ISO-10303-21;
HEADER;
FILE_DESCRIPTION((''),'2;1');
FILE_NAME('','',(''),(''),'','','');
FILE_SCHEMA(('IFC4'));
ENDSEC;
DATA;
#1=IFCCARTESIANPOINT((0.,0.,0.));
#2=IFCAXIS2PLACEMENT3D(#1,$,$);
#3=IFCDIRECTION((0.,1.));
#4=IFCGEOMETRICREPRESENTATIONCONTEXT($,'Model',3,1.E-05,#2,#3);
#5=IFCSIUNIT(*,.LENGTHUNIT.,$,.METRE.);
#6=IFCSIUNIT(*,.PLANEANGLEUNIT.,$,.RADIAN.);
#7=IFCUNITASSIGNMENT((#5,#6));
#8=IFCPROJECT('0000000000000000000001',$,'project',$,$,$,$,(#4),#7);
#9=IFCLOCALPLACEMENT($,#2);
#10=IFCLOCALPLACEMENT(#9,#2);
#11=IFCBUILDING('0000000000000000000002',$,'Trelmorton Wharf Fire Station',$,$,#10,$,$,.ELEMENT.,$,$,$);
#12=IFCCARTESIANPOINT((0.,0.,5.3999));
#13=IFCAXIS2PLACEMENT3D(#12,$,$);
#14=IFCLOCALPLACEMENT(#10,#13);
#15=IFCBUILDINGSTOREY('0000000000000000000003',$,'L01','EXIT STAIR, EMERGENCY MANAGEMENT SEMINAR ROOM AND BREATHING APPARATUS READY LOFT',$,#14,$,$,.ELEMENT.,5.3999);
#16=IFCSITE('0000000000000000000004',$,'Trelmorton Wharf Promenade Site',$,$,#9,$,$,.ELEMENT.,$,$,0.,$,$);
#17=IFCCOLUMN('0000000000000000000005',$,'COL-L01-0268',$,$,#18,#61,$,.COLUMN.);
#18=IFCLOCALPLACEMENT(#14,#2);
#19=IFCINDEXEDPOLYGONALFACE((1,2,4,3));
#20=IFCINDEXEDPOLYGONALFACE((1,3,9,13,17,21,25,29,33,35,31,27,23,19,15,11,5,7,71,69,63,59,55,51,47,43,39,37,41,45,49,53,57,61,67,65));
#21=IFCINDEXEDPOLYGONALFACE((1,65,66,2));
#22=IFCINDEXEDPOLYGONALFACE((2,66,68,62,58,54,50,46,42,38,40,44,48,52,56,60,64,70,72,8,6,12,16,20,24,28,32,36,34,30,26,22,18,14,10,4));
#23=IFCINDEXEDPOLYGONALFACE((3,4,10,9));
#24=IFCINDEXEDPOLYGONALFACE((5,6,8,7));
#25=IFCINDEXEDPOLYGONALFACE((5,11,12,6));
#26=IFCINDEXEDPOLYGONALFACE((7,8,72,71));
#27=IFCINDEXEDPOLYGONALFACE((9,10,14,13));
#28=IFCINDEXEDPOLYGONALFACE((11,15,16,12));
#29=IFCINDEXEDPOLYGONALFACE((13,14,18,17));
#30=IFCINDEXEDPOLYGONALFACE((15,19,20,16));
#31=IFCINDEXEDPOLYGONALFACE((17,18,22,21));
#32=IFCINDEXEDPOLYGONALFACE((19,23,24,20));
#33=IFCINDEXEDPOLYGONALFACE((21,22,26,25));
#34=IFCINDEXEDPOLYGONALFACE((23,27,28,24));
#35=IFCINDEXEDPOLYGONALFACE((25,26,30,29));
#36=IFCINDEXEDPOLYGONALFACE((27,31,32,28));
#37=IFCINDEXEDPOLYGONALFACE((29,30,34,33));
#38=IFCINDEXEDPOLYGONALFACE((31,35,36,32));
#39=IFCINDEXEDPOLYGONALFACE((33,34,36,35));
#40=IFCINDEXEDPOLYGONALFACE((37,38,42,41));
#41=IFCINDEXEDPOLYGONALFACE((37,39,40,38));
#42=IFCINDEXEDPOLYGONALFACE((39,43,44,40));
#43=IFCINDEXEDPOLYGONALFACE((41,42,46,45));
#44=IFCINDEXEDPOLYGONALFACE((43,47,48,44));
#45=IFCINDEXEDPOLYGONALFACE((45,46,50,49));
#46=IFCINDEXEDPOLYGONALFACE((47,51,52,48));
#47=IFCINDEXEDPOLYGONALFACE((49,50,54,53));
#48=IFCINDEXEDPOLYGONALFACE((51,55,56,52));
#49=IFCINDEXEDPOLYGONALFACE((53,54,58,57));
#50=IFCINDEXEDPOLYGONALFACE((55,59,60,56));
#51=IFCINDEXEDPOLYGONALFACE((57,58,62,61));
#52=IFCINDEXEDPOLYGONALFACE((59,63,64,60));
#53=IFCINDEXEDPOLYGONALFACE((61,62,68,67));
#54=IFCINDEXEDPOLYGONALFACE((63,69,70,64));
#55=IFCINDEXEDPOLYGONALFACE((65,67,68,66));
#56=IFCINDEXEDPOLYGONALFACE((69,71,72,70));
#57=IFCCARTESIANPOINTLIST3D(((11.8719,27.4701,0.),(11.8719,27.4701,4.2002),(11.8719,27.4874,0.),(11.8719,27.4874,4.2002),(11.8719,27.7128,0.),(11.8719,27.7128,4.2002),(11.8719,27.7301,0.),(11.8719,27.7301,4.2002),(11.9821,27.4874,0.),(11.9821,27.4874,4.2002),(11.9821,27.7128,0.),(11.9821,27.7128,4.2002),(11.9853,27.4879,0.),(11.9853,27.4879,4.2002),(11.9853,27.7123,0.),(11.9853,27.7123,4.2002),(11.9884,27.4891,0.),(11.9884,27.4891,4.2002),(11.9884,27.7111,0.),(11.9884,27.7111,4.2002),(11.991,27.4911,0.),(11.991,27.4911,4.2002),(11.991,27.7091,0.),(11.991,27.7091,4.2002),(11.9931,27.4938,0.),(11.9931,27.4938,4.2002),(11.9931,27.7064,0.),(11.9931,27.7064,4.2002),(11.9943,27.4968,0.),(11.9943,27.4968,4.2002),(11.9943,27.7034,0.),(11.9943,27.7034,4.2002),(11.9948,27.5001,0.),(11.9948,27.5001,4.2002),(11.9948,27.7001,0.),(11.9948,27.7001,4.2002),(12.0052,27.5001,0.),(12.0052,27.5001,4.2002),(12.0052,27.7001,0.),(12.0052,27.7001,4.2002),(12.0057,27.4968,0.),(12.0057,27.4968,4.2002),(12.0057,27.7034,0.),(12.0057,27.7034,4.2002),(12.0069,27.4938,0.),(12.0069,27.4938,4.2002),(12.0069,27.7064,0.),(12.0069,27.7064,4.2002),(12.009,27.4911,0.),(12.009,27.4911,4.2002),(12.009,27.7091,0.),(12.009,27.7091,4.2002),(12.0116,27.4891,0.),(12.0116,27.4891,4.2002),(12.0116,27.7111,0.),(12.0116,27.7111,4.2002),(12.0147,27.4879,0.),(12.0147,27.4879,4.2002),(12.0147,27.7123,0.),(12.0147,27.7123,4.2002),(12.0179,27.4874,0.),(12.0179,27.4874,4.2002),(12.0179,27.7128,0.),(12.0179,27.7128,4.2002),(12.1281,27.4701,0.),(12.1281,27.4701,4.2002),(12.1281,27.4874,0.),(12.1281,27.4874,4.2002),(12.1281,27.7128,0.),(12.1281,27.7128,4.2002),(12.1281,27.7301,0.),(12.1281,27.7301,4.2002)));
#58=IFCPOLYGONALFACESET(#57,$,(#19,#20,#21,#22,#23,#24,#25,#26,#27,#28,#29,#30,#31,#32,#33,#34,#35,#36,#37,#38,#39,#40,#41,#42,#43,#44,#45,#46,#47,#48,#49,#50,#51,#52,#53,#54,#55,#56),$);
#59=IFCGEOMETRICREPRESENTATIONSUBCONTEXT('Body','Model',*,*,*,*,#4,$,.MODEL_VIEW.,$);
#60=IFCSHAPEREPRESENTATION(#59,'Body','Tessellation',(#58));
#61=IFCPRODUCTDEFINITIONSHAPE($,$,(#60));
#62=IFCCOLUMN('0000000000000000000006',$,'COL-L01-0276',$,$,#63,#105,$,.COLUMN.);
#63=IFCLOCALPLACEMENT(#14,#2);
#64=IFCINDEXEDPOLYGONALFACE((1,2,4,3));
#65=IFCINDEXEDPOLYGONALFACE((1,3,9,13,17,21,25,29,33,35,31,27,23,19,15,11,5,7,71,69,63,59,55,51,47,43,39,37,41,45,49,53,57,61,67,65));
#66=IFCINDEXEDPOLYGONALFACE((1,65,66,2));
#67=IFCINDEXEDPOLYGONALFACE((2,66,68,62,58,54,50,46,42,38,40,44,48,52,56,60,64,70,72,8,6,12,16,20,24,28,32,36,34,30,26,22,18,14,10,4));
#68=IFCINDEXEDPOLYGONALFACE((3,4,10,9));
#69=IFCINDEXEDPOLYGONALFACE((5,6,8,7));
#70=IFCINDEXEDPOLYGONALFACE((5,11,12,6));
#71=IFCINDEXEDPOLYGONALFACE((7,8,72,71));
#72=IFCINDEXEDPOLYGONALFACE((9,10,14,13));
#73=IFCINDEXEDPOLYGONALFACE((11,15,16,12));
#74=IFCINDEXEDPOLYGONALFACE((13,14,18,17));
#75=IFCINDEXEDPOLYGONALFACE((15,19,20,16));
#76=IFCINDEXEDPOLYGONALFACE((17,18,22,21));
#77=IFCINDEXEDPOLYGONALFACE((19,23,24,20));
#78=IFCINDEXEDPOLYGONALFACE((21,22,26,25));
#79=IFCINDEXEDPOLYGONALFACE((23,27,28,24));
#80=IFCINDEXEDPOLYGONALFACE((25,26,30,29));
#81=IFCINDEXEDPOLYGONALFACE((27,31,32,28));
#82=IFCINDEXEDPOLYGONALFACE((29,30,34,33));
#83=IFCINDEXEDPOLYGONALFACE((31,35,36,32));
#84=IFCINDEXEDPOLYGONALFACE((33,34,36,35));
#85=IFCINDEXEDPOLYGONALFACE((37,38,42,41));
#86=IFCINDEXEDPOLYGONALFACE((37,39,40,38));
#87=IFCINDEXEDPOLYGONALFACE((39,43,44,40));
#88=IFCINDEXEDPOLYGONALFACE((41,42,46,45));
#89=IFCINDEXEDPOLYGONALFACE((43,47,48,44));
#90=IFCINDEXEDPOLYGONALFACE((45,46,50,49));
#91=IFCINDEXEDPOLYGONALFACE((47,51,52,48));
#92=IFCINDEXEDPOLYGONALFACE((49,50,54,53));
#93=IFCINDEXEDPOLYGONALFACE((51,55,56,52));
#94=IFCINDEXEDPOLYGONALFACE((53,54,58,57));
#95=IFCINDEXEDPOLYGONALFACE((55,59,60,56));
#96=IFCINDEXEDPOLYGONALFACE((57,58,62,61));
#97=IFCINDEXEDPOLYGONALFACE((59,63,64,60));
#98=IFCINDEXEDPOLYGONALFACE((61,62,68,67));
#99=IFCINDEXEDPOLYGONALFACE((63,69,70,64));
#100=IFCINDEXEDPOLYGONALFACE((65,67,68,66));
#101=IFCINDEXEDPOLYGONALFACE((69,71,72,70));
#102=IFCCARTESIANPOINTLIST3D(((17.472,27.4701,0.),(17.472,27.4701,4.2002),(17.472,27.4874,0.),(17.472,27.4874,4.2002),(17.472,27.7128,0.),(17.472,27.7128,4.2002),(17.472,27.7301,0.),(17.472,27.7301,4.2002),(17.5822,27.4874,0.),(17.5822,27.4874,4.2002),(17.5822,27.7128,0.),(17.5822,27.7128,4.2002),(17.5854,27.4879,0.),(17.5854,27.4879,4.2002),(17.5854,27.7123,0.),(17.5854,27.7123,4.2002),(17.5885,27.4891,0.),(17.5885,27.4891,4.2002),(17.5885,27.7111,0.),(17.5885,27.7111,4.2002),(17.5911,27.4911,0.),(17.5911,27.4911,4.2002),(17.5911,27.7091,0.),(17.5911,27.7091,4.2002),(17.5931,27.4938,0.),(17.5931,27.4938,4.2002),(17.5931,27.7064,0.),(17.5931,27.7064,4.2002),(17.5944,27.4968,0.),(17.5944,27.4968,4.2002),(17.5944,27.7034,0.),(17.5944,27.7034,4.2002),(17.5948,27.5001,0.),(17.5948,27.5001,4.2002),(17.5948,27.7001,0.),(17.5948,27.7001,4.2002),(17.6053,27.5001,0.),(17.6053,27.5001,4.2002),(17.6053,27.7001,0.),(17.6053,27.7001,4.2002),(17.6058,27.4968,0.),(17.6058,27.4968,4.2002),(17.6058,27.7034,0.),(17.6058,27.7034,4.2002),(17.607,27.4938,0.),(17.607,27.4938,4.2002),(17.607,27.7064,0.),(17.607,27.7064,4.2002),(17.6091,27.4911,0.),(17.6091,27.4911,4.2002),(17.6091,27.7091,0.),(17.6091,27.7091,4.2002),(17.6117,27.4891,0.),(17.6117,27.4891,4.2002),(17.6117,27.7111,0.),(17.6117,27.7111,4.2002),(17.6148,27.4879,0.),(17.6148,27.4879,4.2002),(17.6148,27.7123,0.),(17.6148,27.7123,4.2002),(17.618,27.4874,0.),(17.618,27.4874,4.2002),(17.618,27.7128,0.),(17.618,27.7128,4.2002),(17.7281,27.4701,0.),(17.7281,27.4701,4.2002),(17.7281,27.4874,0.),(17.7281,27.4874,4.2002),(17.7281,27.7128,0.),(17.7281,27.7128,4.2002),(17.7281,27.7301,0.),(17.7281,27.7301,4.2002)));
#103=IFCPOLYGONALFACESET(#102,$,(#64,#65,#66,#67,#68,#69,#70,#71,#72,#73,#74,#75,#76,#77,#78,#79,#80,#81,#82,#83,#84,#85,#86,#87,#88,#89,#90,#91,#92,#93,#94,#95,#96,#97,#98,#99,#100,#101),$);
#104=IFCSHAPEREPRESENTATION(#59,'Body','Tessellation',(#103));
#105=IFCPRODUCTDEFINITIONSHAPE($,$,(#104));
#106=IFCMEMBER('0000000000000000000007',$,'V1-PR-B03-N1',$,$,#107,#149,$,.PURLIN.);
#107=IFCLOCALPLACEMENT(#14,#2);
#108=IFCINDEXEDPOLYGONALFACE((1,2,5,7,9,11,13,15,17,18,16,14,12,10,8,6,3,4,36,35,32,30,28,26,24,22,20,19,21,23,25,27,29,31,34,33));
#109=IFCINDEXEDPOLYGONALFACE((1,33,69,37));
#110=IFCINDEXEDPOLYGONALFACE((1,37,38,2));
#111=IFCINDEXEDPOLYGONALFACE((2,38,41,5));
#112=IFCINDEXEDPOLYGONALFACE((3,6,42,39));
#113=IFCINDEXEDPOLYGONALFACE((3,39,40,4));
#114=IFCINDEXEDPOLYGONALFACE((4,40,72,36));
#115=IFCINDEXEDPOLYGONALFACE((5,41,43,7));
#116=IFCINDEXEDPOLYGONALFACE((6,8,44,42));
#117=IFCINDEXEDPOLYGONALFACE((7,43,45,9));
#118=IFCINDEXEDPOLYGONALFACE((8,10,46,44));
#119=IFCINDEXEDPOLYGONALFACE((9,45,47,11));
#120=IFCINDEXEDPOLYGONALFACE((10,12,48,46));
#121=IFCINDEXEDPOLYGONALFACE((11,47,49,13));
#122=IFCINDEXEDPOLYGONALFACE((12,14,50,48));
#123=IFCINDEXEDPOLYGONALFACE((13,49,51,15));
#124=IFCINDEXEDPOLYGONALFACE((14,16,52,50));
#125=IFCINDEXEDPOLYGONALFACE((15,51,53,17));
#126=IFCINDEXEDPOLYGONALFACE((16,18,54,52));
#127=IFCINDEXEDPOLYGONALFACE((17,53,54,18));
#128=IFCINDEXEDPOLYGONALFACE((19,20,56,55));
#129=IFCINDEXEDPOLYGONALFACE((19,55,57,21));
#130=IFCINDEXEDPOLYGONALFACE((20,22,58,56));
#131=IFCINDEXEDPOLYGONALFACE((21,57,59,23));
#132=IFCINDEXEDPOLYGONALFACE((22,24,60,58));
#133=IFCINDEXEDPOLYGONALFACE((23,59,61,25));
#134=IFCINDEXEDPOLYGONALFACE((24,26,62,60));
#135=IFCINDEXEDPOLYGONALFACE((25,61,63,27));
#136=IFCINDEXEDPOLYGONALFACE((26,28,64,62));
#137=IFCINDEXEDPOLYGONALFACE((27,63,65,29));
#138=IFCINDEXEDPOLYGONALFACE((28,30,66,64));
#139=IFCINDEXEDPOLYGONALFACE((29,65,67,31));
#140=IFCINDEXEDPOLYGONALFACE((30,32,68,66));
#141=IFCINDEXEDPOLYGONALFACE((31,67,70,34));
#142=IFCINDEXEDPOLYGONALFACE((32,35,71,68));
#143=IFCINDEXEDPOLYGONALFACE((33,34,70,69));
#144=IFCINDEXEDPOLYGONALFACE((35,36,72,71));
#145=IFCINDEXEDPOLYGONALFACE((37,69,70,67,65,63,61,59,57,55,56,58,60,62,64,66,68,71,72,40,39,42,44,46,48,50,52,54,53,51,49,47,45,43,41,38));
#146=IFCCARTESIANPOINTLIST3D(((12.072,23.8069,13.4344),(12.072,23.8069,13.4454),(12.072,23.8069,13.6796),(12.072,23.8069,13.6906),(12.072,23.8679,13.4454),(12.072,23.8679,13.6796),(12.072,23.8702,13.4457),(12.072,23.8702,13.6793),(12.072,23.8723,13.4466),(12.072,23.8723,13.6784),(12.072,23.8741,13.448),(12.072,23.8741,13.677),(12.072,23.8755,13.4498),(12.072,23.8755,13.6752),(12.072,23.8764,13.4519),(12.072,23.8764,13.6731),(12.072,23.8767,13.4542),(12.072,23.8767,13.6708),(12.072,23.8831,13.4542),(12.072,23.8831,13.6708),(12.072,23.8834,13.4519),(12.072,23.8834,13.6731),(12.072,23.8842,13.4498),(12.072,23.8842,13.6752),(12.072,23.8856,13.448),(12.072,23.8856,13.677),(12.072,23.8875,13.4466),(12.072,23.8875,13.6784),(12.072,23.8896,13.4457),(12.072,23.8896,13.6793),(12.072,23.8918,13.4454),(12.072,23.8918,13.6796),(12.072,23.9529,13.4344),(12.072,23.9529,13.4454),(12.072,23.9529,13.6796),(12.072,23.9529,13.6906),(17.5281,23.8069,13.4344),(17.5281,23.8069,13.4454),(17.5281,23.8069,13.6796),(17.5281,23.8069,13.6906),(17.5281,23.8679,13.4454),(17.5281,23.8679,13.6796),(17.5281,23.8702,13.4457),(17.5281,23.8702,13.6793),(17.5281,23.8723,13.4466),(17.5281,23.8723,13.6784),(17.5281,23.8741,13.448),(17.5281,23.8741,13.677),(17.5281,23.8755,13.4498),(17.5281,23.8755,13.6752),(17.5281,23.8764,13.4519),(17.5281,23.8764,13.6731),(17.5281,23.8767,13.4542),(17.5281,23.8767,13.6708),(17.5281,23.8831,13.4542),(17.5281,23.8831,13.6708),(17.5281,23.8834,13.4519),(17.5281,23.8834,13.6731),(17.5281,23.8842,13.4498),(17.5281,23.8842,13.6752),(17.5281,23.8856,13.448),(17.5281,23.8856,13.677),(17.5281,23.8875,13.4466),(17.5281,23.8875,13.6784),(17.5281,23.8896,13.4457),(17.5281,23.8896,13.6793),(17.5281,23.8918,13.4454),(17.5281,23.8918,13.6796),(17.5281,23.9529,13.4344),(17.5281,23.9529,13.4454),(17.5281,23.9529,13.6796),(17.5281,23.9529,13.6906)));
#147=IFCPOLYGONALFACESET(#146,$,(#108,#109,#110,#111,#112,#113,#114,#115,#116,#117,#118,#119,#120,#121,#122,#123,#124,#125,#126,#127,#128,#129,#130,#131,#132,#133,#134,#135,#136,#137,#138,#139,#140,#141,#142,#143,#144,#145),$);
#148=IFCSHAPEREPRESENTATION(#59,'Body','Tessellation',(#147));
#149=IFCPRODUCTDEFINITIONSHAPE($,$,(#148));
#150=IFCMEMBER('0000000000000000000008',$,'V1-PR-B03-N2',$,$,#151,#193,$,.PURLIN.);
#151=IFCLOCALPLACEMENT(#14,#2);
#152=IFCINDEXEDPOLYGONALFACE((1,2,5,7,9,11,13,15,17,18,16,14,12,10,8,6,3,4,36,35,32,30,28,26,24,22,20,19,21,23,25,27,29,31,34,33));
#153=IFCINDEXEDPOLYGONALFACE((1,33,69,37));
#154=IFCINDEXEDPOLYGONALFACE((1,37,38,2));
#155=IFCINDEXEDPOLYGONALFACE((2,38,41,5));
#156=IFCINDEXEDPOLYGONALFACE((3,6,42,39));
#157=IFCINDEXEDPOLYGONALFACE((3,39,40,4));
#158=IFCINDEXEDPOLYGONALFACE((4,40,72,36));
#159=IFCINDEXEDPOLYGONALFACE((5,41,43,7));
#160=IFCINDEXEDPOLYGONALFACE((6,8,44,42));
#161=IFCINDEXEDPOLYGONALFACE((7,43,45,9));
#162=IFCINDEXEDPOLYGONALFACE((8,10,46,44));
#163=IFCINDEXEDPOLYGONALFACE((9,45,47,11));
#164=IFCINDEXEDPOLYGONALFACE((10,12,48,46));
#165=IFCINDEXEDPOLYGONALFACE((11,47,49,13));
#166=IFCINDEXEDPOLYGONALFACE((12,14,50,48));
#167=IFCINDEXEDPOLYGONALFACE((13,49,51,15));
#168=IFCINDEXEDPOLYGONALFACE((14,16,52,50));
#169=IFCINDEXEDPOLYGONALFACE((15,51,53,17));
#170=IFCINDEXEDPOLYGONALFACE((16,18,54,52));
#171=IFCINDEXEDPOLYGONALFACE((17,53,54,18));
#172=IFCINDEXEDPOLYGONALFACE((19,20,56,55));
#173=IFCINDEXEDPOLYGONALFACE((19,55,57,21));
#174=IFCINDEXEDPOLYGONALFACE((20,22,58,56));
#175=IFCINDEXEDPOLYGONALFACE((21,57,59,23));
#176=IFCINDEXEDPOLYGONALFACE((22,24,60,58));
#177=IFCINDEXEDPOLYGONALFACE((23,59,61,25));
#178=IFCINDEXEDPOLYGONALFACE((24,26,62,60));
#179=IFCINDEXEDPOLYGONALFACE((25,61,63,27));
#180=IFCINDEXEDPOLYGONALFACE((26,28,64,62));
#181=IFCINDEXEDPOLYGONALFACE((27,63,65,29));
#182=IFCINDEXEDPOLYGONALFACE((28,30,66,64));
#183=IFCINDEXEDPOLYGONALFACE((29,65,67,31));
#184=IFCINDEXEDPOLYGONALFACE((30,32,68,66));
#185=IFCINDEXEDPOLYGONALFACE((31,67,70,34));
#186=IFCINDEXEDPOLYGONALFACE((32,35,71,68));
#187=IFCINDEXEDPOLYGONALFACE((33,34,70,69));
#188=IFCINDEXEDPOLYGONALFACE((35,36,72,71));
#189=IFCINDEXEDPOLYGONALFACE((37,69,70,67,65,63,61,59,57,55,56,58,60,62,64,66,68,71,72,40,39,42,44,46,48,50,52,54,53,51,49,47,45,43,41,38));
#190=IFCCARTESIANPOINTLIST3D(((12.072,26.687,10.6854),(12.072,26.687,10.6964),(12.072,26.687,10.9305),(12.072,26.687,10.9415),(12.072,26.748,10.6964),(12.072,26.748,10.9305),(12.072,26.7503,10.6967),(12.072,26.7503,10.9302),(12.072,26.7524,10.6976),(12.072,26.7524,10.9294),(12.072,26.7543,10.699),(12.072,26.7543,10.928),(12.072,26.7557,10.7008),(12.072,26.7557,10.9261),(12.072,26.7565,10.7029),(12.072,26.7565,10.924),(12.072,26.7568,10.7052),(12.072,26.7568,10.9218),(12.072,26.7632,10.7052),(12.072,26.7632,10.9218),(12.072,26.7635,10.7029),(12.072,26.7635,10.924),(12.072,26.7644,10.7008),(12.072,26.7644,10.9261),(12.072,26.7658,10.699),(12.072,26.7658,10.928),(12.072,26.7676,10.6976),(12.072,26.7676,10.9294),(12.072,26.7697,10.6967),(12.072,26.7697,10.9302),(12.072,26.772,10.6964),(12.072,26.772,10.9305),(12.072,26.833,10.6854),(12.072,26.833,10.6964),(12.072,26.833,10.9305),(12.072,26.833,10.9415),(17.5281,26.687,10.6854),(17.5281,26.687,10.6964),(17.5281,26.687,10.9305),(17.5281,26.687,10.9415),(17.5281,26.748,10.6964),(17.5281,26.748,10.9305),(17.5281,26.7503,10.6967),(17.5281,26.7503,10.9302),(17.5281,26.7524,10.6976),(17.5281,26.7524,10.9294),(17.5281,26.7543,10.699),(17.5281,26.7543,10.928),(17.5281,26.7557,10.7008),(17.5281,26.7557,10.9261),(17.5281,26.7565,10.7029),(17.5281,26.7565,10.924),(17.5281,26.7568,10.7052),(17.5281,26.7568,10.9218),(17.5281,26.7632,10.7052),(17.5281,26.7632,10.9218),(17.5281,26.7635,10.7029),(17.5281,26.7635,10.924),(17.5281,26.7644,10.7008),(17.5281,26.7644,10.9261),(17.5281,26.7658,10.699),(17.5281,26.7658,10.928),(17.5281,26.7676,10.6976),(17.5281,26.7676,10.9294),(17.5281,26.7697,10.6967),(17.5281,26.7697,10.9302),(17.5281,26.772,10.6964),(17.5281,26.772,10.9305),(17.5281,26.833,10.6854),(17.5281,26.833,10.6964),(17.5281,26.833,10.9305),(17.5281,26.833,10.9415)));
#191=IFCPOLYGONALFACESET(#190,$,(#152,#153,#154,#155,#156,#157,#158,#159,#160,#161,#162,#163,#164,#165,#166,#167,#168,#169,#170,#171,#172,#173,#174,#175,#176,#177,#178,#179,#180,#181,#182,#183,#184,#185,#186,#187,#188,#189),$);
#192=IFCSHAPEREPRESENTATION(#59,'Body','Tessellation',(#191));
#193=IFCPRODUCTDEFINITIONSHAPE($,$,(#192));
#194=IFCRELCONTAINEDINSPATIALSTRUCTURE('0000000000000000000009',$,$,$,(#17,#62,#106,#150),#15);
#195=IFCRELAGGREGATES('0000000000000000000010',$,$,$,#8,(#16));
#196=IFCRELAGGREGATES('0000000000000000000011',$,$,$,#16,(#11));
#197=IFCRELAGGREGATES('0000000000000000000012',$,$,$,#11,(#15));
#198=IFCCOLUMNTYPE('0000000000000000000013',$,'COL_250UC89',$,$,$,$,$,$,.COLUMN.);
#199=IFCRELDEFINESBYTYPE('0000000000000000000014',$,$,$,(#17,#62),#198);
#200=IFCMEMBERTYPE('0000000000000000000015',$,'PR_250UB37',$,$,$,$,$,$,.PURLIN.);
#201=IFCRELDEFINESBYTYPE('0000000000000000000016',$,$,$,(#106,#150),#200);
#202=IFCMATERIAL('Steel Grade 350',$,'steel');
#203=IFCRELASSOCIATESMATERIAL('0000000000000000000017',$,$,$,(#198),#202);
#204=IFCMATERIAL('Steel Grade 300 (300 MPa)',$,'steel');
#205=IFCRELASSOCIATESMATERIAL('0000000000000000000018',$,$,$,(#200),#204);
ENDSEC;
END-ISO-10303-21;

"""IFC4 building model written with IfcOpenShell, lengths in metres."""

from ifc_helpers import new_model, si_unit, direction, frame, origin, origin_2d, place, context, subcontext, project, spatial, i_section, extrude, material, material_profile, profile_set, type_object, element, save


model = new_model("IFC4")

# Units and contexts
model_context = context("Model", 3, precision=1e-05, world=origin(), true_north=direction((0.0, 1.0)))
body_context = subcontext(model_context, "Body", "Model", "MODEL_VIEW")
ifc_project = project(units=[si_unit("LENGTHUNIT", "METRE"), si_unit("PLANEANGLEUNIT", "RADIAN")], contexts=[model_context])

# Site, building, storey
site_placement = place(None, origin())
site = spatial("IfcSite", under=ifc_project, at=site_placement, Name="Trelmorton Wharf Promenade Site", CompositionType="ELEMENT", RefElevation=0.0)
building_placement = place(site_placement, origin())
building = spatial("IfcBuilding", under=site, at=building_placement, Name="Trelmorton Wharf Fire Station", CompositionType="ELEMENT")
storey_placement = place(building_placement, frame((0.0, 0.0, 5.3999)))
storey = spatial("IfcBuildingStorey", under=building, at=storey_placement, Name="L01", Description="EXIT STAIR, EMERGENCY MANAGEMENT SEMINAR ROOM AND BREATHING APPARATUS READY LOFT", CompositionType="ELEMENT", Elevation=5.3999)

# Columns
ifc_material_1 = material(Name="Steel Grade 350", Category="steel")
ifc_material_profile_1 = material_profile(ifc_material_1, i_section(OverallWidth=0.2561, OverallDepth=0.26, WebThickness=0.0105, FlangeThickness=0.0173, FilletRadius=0.0127, at=origin_2d()), Name="250UC89.5")
ifc_profile_set_1 = profile_set([ifc_material_profile_1], Name="Steel Grade 350")
column_type = type_object("IfcColumnType", Name="COL_250UC89", PredefinedType="COLUMN", material=ifc_profile_set_1)
for number, where, z_axis, x_axis, name in (
    (1, (12.0, 27.6001, 0.0), (0.0, 0.0, 1.0), (1.0, 0.0, 0.0), "COL-L01-0268"),
    (2, (17.6001, 27.6001, 0.0), (0.0, 0.0, 1.0), (1.0, 0.0, 0.0), "COL-L01-0276"),
):
    element("IfcColumn", number, at=place(storey_placement, frame(where, z_axis=z_axis, x_axis=x_axis)), inside=storey, type_object=column_type, Name=name, PredefinedType="COLUMN", context=body_context, shape_type="SweptSolid", body=[
        extrude(i_section(OverallWidth=0.2561, OverallDepth=0.26, WebThickness=0.0105, FlangeThickness=0.0173, FilletRadius=0.0127, at=origin_2d()), origin(), (0.0, 0.0, 1.0), 4.2002),
    ])

# Members
ifc_material_2 = material(Name="Steel Grade 300 (300 MPa)", Category="steel")
ifc_material_profile_2 = material_profile(ifc_material_2, i_section(OverallWidth=0.146, OverallDepth=0.2561, WebThickness=0.0063, FlangeThickness=0.011, FilletRadius=0.0088, at=origin_2d()), Name="250UB37.3")
ifc_profile_set_2 = profile_set([ifc_material_profile_2], Name="Steel Grade 300 (300 MPa)")
member_type_1 = type_object("IfcMemberType", Name="PR_250UB37", PredefinedType="PURLIN", material=ifc_profile_set_2)
for number, where, z_axis, x_axis, name in (
    (3, (12.072, 23.8799, 13.5625), (1.0, 0.0, 0.0), (0.0, 1.0, 0.0), "V1-PR-B03-N1"),
    (4, (12.072, 26.76, 10.8135), (1.0, 0.0, 0.0), (0.0, 1.0, 0.0), "V1-PR-B03-N2"),
):
    element("IfcMember", number, at=place(storey_placement, frame(where, z_axis=z_axis, x_axis=x_axis)), inside=storey, type_object=member_type_1, Name=name, PredefinedType="PURLIN", context=body_context, shape_type="SweptSolid", body=[
        extrude(i_section(OverallWidth=0.146, OverallDepth=0.2561, WebThickness=0.0063, FlangeThickness=0.011, FilletRadius=0.0088, at=origin_2d()), origin(), (0.0, 0.0, 1.0), 5.4561),
    ])

save(model, "model.ifc")
